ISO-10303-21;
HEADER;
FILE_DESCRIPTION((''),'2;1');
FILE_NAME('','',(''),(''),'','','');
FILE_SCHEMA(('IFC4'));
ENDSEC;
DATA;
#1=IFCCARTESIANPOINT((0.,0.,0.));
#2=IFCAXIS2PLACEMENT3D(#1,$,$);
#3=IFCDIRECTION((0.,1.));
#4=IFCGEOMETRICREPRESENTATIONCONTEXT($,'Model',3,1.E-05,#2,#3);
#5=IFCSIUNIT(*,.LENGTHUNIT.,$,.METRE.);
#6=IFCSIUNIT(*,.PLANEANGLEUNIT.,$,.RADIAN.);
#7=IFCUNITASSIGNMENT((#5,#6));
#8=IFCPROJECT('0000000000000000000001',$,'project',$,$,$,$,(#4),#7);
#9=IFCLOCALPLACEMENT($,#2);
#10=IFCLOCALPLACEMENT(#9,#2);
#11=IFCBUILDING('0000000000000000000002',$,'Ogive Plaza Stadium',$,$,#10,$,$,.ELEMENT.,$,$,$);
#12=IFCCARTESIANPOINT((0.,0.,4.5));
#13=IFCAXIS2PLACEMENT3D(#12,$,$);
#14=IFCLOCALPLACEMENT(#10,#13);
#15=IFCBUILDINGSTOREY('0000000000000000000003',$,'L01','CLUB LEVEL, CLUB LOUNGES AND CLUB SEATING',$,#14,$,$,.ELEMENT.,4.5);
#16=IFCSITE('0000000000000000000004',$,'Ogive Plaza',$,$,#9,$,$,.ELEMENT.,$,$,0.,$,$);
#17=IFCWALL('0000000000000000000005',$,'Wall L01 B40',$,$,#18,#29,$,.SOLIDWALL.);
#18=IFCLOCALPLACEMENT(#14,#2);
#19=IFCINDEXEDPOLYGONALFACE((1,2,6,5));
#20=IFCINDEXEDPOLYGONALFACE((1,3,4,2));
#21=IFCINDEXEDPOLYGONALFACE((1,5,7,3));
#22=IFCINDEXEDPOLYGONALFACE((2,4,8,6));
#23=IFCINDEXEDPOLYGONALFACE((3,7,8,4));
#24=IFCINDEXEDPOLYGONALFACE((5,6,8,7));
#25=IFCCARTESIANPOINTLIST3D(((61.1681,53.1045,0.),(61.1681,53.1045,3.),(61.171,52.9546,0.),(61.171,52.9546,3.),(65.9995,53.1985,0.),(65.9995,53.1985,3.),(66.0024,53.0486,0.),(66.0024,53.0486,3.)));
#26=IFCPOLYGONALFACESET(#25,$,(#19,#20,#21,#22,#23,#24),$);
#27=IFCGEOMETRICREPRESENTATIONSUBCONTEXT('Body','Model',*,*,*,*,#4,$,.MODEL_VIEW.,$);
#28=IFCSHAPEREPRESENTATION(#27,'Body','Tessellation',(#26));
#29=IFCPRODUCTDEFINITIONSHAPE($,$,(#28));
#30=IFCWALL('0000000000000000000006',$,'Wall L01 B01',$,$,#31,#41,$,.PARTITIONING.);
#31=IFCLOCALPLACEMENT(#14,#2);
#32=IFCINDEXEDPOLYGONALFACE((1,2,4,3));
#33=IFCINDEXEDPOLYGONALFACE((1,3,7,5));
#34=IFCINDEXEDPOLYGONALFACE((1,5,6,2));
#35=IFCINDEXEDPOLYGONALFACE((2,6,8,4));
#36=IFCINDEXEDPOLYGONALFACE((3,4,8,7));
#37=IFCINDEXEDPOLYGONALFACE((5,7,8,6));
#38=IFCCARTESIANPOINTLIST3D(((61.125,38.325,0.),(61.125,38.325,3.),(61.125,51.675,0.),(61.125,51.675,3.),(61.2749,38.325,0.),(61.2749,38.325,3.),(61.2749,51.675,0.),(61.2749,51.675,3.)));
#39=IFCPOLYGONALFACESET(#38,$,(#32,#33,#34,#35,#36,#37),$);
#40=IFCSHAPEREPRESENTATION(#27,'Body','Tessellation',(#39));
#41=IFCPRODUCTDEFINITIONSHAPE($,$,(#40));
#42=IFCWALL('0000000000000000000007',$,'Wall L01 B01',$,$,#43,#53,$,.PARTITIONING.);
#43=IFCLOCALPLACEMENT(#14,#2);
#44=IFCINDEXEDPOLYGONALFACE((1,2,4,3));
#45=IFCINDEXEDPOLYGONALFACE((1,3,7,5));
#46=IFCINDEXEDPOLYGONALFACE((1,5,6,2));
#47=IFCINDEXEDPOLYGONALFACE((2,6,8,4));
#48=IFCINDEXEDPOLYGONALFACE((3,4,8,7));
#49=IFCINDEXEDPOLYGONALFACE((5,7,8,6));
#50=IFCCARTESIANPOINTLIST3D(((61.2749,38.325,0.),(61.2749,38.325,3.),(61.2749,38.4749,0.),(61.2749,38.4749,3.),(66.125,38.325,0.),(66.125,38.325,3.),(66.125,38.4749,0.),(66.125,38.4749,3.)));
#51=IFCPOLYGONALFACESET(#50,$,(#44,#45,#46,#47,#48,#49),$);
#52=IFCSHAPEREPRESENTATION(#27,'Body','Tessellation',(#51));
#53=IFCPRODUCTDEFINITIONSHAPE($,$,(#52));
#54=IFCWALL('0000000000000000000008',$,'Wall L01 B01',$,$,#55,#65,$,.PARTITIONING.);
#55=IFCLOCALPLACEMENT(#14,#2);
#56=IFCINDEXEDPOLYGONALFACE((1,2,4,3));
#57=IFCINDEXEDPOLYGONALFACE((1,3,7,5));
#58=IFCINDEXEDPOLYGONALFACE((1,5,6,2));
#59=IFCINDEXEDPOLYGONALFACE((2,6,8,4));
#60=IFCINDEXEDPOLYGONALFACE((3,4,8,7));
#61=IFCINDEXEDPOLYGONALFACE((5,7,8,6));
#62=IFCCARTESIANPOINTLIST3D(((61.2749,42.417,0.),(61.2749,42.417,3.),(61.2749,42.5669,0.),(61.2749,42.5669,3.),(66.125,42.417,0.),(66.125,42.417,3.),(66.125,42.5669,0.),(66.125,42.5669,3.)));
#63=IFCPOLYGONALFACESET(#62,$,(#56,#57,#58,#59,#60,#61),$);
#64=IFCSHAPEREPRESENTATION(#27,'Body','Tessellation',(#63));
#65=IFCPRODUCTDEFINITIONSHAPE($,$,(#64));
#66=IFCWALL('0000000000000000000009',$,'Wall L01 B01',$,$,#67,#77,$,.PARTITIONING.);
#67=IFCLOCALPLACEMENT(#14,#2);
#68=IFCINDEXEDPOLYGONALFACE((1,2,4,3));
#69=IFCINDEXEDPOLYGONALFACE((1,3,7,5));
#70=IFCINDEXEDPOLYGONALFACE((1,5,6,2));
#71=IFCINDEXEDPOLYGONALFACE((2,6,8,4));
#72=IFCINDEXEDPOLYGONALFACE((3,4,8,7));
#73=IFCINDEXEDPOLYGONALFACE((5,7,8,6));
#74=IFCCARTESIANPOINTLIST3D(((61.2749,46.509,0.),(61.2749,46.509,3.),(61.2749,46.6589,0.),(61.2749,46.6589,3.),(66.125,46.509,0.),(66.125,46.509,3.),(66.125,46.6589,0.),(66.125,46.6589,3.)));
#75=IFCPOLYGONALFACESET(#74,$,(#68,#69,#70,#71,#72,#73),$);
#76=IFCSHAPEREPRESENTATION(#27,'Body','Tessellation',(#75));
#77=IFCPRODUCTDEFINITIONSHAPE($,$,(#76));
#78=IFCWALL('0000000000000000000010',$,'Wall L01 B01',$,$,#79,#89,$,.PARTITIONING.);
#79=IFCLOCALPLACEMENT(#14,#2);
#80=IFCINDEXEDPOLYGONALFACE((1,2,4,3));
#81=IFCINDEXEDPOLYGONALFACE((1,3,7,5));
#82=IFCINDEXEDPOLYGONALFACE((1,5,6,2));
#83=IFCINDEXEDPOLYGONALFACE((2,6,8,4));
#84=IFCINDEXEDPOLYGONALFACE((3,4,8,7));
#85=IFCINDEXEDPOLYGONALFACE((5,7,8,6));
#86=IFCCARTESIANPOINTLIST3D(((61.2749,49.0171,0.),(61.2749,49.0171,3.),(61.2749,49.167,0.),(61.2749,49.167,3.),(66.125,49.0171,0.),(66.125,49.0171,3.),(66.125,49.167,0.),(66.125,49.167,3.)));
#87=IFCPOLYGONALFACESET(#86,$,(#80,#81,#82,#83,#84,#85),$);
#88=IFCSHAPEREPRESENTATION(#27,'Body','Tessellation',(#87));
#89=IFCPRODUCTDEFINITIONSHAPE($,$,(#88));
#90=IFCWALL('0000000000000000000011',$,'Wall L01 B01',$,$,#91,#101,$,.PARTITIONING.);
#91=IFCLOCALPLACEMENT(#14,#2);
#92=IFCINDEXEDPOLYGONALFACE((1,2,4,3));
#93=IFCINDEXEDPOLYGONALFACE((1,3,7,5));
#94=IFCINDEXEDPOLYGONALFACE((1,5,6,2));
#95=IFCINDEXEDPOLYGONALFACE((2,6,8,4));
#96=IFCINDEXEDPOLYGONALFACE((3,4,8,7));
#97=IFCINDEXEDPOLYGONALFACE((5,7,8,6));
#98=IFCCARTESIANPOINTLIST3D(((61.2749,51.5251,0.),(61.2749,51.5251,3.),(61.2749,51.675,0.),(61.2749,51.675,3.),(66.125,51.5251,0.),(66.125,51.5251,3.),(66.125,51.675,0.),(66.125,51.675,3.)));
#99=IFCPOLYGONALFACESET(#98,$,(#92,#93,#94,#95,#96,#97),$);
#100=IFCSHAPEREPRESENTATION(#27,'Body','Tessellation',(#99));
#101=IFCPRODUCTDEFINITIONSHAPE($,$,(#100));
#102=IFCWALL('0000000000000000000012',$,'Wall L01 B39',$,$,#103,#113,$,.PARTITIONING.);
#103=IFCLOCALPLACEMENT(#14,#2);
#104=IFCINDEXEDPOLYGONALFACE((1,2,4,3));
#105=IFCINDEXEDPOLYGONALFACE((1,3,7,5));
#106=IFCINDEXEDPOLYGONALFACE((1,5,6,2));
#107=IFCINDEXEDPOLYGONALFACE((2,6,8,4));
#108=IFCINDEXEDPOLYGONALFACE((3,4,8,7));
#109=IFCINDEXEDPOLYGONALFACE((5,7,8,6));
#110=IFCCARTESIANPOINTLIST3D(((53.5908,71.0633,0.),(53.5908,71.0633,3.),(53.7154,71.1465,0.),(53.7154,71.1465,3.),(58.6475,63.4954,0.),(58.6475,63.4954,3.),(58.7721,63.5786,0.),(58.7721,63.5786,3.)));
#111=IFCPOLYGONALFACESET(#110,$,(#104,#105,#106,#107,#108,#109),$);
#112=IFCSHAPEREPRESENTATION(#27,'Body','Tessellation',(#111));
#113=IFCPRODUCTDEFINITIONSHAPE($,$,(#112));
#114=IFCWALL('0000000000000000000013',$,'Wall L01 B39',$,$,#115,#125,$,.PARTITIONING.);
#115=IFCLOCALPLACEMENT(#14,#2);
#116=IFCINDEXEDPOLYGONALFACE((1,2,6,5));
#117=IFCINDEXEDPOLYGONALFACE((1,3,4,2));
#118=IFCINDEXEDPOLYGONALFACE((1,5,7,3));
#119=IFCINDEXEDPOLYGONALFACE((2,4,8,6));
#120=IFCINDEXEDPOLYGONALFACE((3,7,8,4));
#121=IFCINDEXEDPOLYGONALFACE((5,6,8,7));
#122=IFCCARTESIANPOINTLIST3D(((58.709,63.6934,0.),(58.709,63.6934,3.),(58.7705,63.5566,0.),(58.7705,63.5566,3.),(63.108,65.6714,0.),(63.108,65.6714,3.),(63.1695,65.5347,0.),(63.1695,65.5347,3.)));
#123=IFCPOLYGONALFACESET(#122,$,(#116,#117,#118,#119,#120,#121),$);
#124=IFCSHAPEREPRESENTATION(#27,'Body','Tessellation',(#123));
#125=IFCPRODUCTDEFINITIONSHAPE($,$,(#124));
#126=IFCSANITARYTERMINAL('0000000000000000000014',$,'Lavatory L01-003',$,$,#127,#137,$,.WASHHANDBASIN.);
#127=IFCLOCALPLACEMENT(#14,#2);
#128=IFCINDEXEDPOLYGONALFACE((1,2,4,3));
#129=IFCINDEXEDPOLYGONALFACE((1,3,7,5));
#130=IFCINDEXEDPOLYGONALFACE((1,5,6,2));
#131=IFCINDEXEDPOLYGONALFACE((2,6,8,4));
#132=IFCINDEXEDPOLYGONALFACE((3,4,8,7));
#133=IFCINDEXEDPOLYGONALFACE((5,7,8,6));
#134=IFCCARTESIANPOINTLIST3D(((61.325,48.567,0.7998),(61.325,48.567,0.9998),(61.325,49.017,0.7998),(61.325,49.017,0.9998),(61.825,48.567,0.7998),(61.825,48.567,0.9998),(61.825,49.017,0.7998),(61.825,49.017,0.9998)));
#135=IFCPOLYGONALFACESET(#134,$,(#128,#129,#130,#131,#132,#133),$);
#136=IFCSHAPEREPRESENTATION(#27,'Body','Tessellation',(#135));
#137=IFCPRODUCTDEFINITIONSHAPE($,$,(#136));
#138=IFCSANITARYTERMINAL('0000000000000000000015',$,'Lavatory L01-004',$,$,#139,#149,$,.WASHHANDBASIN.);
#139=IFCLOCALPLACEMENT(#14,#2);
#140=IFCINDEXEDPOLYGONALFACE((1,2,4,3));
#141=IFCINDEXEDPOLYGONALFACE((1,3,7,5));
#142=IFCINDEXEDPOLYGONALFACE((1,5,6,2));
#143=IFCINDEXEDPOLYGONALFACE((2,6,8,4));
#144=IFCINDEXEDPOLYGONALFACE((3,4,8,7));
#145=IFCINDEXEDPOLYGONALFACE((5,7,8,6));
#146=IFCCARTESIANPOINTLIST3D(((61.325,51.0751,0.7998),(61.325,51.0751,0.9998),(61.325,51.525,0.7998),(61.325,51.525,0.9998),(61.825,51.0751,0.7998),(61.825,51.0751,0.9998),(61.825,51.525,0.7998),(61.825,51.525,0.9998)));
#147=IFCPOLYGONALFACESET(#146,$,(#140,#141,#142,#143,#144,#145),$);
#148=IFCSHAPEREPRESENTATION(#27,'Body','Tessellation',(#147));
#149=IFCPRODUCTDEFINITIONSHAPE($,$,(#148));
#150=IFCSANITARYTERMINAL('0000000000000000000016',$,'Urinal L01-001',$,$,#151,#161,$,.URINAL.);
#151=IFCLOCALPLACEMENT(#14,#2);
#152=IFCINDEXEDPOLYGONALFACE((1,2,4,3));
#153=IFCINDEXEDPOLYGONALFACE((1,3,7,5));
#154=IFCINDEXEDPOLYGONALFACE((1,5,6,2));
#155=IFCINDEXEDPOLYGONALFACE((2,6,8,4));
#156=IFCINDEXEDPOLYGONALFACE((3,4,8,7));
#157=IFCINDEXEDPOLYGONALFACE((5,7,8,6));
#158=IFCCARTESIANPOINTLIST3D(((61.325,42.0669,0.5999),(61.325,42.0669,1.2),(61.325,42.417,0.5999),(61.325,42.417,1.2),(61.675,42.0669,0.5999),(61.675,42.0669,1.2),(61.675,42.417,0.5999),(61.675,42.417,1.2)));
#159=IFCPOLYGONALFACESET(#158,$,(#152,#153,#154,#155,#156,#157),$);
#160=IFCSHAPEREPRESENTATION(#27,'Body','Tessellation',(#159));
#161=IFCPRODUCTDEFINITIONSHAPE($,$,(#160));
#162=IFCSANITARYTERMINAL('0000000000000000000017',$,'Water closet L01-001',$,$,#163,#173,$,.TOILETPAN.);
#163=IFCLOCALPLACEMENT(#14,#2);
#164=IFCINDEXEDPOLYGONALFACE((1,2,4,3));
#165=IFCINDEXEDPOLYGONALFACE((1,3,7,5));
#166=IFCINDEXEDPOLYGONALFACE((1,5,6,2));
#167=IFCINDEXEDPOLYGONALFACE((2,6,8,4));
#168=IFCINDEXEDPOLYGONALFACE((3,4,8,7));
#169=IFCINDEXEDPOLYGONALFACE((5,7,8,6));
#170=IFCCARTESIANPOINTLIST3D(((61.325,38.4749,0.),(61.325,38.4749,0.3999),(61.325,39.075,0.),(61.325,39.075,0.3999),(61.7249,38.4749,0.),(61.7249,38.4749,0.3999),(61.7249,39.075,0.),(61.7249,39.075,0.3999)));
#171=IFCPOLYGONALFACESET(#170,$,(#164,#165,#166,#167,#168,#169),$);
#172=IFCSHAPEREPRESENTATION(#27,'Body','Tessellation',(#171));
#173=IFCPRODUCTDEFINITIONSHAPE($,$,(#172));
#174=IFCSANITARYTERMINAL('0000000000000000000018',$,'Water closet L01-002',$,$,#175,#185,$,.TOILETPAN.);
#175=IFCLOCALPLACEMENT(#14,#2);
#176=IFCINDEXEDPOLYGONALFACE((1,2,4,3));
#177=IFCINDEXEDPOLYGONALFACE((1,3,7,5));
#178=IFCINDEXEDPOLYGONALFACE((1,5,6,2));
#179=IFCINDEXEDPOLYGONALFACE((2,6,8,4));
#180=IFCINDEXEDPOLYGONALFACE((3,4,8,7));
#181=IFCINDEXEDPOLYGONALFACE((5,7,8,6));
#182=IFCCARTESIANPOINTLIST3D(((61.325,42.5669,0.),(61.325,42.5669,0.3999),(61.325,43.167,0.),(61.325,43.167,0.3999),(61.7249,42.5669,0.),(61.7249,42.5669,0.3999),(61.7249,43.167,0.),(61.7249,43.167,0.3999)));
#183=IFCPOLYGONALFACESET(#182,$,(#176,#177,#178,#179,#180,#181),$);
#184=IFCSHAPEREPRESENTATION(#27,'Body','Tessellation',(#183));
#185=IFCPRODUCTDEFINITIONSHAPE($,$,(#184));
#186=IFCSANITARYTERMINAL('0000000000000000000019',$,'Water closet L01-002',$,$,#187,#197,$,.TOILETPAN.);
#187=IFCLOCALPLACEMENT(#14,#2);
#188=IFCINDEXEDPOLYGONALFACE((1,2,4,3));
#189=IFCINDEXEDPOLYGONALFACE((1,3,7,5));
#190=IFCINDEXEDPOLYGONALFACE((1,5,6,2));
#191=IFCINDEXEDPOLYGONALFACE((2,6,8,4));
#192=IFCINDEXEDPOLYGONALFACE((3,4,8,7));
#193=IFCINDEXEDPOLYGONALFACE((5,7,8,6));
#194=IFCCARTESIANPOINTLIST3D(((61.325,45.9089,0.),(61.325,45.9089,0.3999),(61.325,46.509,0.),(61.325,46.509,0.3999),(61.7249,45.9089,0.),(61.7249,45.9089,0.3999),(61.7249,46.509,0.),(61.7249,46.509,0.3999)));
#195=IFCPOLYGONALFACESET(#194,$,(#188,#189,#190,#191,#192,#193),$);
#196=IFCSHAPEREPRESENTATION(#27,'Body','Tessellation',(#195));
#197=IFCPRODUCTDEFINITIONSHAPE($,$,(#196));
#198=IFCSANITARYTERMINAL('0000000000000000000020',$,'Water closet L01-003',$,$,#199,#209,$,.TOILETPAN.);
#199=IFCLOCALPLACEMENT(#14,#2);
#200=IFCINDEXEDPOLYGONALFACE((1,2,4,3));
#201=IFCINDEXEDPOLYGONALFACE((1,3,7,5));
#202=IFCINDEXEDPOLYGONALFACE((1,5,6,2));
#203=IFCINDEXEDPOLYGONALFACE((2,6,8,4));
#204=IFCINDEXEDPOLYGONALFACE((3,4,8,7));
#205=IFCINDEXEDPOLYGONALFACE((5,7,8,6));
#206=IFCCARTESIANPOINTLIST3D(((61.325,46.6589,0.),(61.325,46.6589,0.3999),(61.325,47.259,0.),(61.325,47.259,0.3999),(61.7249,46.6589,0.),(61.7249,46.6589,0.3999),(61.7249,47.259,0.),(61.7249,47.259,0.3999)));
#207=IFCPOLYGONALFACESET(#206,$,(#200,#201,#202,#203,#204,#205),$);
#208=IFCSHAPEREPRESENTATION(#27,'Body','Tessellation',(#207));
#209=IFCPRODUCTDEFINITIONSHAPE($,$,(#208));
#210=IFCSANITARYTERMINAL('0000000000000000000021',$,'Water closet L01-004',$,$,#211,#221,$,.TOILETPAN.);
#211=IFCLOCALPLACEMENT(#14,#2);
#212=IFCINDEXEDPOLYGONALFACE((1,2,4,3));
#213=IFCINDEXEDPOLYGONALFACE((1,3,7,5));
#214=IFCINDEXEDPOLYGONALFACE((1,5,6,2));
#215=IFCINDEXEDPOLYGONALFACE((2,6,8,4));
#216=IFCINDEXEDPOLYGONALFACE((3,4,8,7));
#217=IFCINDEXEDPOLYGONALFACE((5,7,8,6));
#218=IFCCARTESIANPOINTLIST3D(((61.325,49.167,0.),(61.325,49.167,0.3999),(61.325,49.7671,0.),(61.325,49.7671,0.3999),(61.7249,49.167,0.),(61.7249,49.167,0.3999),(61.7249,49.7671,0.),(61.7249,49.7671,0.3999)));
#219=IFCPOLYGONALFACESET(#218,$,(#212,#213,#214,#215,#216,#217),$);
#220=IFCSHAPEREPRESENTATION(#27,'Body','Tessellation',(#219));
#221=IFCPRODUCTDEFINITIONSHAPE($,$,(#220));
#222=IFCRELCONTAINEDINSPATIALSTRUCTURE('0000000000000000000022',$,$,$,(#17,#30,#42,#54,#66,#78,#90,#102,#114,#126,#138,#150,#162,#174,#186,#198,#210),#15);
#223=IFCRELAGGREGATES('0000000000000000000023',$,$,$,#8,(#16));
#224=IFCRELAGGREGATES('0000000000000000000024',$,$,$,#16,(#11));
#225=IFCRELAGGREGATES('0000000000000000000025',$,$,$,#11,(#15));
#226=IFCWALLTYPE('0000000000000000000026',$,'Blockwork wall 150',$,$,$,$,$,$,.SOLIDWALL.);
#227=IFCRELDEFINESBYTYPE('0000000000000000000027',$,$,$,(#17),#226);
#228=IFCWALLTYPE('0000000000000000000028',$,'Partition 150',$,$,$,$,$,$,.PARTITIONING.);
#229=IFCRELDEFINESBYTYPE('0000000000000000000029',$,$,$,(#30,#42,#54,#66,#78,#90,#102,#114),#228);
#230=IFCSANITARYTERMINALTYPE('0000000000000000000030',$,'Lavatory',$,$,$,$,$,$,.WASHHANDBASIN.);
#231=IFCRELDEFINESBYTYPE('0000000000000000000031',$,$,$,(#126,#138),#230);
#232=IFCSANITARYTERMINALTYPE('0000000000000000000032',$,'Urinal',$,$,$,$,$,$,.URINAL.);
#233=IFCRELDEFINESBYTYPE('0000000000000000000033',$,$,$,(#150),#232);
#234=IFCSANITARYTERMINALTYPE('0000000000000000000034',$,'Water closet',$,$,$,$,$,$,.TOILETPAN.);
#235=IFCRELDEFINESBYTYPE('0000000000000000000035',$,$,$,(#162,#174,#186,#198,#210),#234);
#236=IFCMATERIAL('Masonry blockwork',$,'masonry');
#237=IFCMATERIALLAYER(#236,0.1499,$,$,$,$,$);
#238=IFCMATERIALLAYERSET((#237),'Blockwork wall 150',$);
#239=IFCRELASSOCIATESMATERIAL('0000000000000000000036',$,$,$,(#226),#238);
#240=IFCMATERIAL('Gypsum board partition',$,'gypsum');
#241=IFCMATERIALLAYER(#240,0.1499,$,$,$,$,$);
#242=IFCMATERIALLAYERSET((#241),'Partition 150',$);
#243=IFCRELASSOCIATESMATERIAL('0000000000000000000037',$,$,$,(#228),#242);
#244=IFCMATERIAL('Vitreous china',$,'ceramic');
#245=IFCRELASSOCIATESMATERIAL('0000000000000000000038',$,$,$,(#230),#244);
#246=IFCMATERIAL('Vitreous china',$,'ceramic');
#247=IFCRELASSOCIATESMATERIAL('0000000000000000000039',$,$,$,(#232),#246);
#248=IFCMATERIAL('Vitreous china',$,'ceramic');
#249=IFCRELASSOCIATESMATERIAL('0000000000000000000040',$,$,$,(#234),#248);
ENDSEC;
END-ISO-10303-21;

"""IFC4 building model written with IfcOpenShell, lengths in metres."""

from ifc_helpers import new_model, si_unit, direction, frame, frame_2d, origin, origin_2d, place, context, subcontext, project, spatial, rectangle, extrude, material, layer, layer_set, type_object, element, save


model = new_model("IFC4")

# Units and contexts
model_context = context("Model", 3, precision=1e-05, world=origin(), true_north=direction((0.0, 1.0)))
body_context = subcontext(model_context, "Body", "Model", "MODEL_VIEW")
ifc_project = project(units=[si_unit("LENGTHUNIT", "METRE"), si_unit("PLANEANGLEUNIT", "RADIAN")], contexts=[model_context])

# Site, building, storey
site_placement = place(None, origin())
site = spatial("IfcSite", under=ifc_project, at=site_placement, Name="Ogive Plaza", CompositionType="ELEMENT", RefElevation=0.0)
building_placement = place(site_placement, origin())
building = spatial("IfcBuilding", under=site, at=building_placement, Name="Ogive Plaza Stadium", CompositionType="ELEMENT")
storey_placement = place(building_placement, frame((0.0, 0.0, 4.5)))
storey = spatial("IfcBuildingStorey", under=building, at=storey_placement, Name="L01", Description="CLUB LEVEL, CLUB LOUNGES AND CLUB SEATING", CompositionType="ELEMENT", Elevation=4.5)

# Walls
ifc_material_1 = material(Name="Masonry blockwork", Category="masonry")
ifc_layer_1 = layer(ifc_material_1, 0.1499)
ifc_layer_set_1 = layer_set([ifc_layer_1], Name="Blockwork wall 150")
wall_type_1 = type_object("IfcWallType", Name="Blockwork wall 150", PredefinedType="SOLIDWALL", material=ifc_layer_set_1)
wall_1_placement = place(storey_placement, frame((61.1697, 53.0295, 0.0), z_axis=(0.0, 0.0, 1.0), x_axis=(0.999811, 0.019452, 0.0)))
element("IfcWall", 1, at=wall_1_placement, inside=storey, type_object=wall_type_1, Name="Wall L01 B40", PredefinedType="SOLIDWALL", context=body_context, shape_type="SweptSolid", body=[
    extrude(rectangle(XDim=4.8323, YDim=0.1499, at=frame_2d((2.416, 0.0))), origin(), (0.0, 0.0, 1.0), 3.0),
])
ifc_material_2 = material(Name="Gypsum board partition", Category="gypsum")
ifc_layer_2 = layer(ifc_material_2, 0.1499)
ifc_layer_set_2 = layer_set([ifc_layer_2], Name="Partition 150")
wall_type_2 = type_object("IfcWallType", Name="Partition 150", PredefinedType="PARTITIONING", material=ifc_layer_set_2)
wall_2_placement = place(storey_placement, frame((61.2, 38.325, 0.0), z_axis=(0.0, 0.0, 1.0), x_axis=(0.0, 1.0, 0.0)))
element("IfcWall", 2, at=wall_2_placement, inside=storey, type_object=wall_type_2, Name="Wall L01 B01", PredefinedType="PARTITIONING", context=body_context, shape_type="SweptSolid", body=[
    extrude(rectangle(XDim=13.3501, YDim=0.1499, at=frame_2d((6.675, 0.0))), origin(), (0.0, 0.0, 1.0), 3.0),
])
for number, where, z_axis, x_axis, name in (
    (3, (61.2749, 38.3999, 0.0), (0.0, 0.0, 1.0), (1.0, 0.0, 0.0), "Wall L01 B01"),
    (4, (61.2749, 42.4919, 0.0), (0.0, 0.0, 1.0), (1.0, 0.0, 0.0), "Wall L01 B01"),
    (5, (61.2749, 46.584, 0.0), (0.0, 0.0, 1.0), (1.0, 0.0, 0.0), "Wall L01 B01"),
    (6, (61.2749, 49.092, 0.0), (0.0, 0.0, 1.0), (1.0, 0.0, 0.0), "Wall L01 B01"),
    (7, (61.2749, 51.6001, 0.0), (0.0, 0.0, 1.0), (1.0, 0.0, 0.0), "Wall L01 B01"),
):
    element("IfcWall", number, at=place(storey_placement, frame(where, z_axis=z_axis, x_axis=x_axis)), inside=storey, type_object=wall_type_2, Name=name, PredefinedType="PARTITIONING", context=body_context, shape_type="SweptSolid", body=[
        extrude(rectangle(XDim=4.8501, YDim=0.1499, at=frame_2d((2.425, 0.0))), origin(), (0.0, 0.0, 1.0), 3.0),
    ])
wall_3_placement = place(storey_placement, frame((58.7097, 63.5371, 0.0), z_axis=(0.0, 0.0, 1.0), x_axis=(-0.555566, 0.831472, 0.0)))
element("IfcWall", 8, at=wall_3_placement, inside=storey, type_object=wall_type_2, Name="Wall L01 B39", PredefinedType="PARTITIONING", context=body_context, shape_type="SweptSolid", body=[
    extrude(rectangle(XDim=9.1018, YDim=0.1499, at=frame_2d((4.5508, 0.0))), origin(), (0.0, 0.0, 1.0), 3.0),
])
wall_4_placement = place(storey_placement, frame((58.7397, 63.625, 0.0), z_axis=(0.0, 0.0, 1.0), x_axis=(0.912037, 0.410108, 0.0)))
element("IfcWall", 9, at=wall_4_placement, inside=storey, type_object=wall_type_2, Name="Wall L01 B39", PredefinedType="PARTITIONING", context=body_context, shape_type="SweptSolid", body=[
    extrude(rectangle(XDim=4.8232, YDim=0.1499, at=frame_2d((2.4116, 0.0))), origin(), (0.0, 0.0, 1.0), 3.0),
])

# Sanitary terminals
ifc_material_3 = material(Name="Vitreous china", Category="ceramic")
sanitary_terminal_type_1 = type_object("IfcSanitaryTerminalType", Name="Lavatory", PredefinedType="WASHHANDBASIN", material=ifc_material_3)
for number, where, z_axis, x_axis, name in (
    (10, (61.575, 48.792, 0.7998), (0.0, 0.0, 1.0), (1.0, 0.0, 0.0), "Lavatory L01-003"),
    (11, (61.575, 51.3, 0.7998), (0.0, 0.0, 1.0), (1.0, 0.0, 0.0), "Lavatory L01-004"),
):
    element("IfcSanitaryTerminal", number, at=place(storey_placement, frame(where, z_axis=z_axis, x_axis=x_axis)), inside=storey, type_object=sanitary_terminal_type_1, Name=name, PredefinedType="WASHHANDBASIN", context=body_context, shape_type="SweptSolid", body=[
        extrude(rectangle(XDim=0.5, YDim=0.45, at=origin_2d()), origin(), (0.0, 0.0, 1.0), 0.2),
    ])
ifc_material_4 = material(Name="Vitreous china", Category="ceramic")
sanitary_terminal_type_2 = type_object("IfcSanitaryTerminalType", Name="Urinal", PredefinedType="URINAL", material=ifc_material_4)
sanitary_terminal_placement = place(storey_placement, frame((61.5, 42.2419, 0.5999), z_axis=(0.0, 0.0, 1.0), x_axis=(1.0, 0.0, 0.0)))
element("IfcSanitaryTerminal", 12, at=sanitary_terminal_placement, inside=storey, type_object=sanitary_terminal_type_2, Name="Urinal L01-001", PredefinedType="URINAL", context=body_context, shape_type="SweptSolid", body=[
    extrude(rectangle(XDim=0.3501, YDim=0.3501, at=origin_2d()), origin(), (0.0, 0.0, 1.0), 0.6001),
])
ifc_material_5 = material(Name="Vitreous china", Category="ceramic")
sanitary_terminal_type_3 = type_object("IfcSanitaryTerminalType", Name="Water closet", PredefinedType="TOILETPAN", material=ifc_material_5)
for number, where, z_axis, x_axis, name in (
    (13, (61.5249, 38.7749, 0.0), (0.0, 0.0, 1.0), (1.0, 0.0, 0.0), "Water closet L01-001"),
    (14, (61.5249, 42.8669, 0.0), (0.0, 0.0, 1.0), (1.0, 0.0, 0.0), "Water closet L01-002"),
    (15, (61.5249, 46.209, 0.0), (0.0, 0.0, 1.0), (1.0, 0.0, 0.0), "Water closet L01-002"),
    (16, (61.5249, 46.959, 0.0), (0.0, 0.0, 1.0), (1.0, 0.0, 0.0), "Water closet L01-003"),
    (17, (61.5249, 49.467, 0.0), (0.0, 0.0, 1.0), (1.0, 0.0, 0.0), "Water closet L01-004"),
):
    element("IfcSanitaryTerminal", number, at=place(storey_placement, frame(where, z_axis=z_axis, x_axis=x_axis)), inside=storey, type_object=sanitary_terminal_type_3, Name=name, PredefinedType="TOILETPAN", context=body_context, shape_type="SweptSolid", body=[
        extrude(rectangle(XDim=0.3999, YDim=0.6001, at=origin_2d()), origin(), (0.0, 0.0, 1.0), 0.3999),
    ])

save(model, "model.ifc")
